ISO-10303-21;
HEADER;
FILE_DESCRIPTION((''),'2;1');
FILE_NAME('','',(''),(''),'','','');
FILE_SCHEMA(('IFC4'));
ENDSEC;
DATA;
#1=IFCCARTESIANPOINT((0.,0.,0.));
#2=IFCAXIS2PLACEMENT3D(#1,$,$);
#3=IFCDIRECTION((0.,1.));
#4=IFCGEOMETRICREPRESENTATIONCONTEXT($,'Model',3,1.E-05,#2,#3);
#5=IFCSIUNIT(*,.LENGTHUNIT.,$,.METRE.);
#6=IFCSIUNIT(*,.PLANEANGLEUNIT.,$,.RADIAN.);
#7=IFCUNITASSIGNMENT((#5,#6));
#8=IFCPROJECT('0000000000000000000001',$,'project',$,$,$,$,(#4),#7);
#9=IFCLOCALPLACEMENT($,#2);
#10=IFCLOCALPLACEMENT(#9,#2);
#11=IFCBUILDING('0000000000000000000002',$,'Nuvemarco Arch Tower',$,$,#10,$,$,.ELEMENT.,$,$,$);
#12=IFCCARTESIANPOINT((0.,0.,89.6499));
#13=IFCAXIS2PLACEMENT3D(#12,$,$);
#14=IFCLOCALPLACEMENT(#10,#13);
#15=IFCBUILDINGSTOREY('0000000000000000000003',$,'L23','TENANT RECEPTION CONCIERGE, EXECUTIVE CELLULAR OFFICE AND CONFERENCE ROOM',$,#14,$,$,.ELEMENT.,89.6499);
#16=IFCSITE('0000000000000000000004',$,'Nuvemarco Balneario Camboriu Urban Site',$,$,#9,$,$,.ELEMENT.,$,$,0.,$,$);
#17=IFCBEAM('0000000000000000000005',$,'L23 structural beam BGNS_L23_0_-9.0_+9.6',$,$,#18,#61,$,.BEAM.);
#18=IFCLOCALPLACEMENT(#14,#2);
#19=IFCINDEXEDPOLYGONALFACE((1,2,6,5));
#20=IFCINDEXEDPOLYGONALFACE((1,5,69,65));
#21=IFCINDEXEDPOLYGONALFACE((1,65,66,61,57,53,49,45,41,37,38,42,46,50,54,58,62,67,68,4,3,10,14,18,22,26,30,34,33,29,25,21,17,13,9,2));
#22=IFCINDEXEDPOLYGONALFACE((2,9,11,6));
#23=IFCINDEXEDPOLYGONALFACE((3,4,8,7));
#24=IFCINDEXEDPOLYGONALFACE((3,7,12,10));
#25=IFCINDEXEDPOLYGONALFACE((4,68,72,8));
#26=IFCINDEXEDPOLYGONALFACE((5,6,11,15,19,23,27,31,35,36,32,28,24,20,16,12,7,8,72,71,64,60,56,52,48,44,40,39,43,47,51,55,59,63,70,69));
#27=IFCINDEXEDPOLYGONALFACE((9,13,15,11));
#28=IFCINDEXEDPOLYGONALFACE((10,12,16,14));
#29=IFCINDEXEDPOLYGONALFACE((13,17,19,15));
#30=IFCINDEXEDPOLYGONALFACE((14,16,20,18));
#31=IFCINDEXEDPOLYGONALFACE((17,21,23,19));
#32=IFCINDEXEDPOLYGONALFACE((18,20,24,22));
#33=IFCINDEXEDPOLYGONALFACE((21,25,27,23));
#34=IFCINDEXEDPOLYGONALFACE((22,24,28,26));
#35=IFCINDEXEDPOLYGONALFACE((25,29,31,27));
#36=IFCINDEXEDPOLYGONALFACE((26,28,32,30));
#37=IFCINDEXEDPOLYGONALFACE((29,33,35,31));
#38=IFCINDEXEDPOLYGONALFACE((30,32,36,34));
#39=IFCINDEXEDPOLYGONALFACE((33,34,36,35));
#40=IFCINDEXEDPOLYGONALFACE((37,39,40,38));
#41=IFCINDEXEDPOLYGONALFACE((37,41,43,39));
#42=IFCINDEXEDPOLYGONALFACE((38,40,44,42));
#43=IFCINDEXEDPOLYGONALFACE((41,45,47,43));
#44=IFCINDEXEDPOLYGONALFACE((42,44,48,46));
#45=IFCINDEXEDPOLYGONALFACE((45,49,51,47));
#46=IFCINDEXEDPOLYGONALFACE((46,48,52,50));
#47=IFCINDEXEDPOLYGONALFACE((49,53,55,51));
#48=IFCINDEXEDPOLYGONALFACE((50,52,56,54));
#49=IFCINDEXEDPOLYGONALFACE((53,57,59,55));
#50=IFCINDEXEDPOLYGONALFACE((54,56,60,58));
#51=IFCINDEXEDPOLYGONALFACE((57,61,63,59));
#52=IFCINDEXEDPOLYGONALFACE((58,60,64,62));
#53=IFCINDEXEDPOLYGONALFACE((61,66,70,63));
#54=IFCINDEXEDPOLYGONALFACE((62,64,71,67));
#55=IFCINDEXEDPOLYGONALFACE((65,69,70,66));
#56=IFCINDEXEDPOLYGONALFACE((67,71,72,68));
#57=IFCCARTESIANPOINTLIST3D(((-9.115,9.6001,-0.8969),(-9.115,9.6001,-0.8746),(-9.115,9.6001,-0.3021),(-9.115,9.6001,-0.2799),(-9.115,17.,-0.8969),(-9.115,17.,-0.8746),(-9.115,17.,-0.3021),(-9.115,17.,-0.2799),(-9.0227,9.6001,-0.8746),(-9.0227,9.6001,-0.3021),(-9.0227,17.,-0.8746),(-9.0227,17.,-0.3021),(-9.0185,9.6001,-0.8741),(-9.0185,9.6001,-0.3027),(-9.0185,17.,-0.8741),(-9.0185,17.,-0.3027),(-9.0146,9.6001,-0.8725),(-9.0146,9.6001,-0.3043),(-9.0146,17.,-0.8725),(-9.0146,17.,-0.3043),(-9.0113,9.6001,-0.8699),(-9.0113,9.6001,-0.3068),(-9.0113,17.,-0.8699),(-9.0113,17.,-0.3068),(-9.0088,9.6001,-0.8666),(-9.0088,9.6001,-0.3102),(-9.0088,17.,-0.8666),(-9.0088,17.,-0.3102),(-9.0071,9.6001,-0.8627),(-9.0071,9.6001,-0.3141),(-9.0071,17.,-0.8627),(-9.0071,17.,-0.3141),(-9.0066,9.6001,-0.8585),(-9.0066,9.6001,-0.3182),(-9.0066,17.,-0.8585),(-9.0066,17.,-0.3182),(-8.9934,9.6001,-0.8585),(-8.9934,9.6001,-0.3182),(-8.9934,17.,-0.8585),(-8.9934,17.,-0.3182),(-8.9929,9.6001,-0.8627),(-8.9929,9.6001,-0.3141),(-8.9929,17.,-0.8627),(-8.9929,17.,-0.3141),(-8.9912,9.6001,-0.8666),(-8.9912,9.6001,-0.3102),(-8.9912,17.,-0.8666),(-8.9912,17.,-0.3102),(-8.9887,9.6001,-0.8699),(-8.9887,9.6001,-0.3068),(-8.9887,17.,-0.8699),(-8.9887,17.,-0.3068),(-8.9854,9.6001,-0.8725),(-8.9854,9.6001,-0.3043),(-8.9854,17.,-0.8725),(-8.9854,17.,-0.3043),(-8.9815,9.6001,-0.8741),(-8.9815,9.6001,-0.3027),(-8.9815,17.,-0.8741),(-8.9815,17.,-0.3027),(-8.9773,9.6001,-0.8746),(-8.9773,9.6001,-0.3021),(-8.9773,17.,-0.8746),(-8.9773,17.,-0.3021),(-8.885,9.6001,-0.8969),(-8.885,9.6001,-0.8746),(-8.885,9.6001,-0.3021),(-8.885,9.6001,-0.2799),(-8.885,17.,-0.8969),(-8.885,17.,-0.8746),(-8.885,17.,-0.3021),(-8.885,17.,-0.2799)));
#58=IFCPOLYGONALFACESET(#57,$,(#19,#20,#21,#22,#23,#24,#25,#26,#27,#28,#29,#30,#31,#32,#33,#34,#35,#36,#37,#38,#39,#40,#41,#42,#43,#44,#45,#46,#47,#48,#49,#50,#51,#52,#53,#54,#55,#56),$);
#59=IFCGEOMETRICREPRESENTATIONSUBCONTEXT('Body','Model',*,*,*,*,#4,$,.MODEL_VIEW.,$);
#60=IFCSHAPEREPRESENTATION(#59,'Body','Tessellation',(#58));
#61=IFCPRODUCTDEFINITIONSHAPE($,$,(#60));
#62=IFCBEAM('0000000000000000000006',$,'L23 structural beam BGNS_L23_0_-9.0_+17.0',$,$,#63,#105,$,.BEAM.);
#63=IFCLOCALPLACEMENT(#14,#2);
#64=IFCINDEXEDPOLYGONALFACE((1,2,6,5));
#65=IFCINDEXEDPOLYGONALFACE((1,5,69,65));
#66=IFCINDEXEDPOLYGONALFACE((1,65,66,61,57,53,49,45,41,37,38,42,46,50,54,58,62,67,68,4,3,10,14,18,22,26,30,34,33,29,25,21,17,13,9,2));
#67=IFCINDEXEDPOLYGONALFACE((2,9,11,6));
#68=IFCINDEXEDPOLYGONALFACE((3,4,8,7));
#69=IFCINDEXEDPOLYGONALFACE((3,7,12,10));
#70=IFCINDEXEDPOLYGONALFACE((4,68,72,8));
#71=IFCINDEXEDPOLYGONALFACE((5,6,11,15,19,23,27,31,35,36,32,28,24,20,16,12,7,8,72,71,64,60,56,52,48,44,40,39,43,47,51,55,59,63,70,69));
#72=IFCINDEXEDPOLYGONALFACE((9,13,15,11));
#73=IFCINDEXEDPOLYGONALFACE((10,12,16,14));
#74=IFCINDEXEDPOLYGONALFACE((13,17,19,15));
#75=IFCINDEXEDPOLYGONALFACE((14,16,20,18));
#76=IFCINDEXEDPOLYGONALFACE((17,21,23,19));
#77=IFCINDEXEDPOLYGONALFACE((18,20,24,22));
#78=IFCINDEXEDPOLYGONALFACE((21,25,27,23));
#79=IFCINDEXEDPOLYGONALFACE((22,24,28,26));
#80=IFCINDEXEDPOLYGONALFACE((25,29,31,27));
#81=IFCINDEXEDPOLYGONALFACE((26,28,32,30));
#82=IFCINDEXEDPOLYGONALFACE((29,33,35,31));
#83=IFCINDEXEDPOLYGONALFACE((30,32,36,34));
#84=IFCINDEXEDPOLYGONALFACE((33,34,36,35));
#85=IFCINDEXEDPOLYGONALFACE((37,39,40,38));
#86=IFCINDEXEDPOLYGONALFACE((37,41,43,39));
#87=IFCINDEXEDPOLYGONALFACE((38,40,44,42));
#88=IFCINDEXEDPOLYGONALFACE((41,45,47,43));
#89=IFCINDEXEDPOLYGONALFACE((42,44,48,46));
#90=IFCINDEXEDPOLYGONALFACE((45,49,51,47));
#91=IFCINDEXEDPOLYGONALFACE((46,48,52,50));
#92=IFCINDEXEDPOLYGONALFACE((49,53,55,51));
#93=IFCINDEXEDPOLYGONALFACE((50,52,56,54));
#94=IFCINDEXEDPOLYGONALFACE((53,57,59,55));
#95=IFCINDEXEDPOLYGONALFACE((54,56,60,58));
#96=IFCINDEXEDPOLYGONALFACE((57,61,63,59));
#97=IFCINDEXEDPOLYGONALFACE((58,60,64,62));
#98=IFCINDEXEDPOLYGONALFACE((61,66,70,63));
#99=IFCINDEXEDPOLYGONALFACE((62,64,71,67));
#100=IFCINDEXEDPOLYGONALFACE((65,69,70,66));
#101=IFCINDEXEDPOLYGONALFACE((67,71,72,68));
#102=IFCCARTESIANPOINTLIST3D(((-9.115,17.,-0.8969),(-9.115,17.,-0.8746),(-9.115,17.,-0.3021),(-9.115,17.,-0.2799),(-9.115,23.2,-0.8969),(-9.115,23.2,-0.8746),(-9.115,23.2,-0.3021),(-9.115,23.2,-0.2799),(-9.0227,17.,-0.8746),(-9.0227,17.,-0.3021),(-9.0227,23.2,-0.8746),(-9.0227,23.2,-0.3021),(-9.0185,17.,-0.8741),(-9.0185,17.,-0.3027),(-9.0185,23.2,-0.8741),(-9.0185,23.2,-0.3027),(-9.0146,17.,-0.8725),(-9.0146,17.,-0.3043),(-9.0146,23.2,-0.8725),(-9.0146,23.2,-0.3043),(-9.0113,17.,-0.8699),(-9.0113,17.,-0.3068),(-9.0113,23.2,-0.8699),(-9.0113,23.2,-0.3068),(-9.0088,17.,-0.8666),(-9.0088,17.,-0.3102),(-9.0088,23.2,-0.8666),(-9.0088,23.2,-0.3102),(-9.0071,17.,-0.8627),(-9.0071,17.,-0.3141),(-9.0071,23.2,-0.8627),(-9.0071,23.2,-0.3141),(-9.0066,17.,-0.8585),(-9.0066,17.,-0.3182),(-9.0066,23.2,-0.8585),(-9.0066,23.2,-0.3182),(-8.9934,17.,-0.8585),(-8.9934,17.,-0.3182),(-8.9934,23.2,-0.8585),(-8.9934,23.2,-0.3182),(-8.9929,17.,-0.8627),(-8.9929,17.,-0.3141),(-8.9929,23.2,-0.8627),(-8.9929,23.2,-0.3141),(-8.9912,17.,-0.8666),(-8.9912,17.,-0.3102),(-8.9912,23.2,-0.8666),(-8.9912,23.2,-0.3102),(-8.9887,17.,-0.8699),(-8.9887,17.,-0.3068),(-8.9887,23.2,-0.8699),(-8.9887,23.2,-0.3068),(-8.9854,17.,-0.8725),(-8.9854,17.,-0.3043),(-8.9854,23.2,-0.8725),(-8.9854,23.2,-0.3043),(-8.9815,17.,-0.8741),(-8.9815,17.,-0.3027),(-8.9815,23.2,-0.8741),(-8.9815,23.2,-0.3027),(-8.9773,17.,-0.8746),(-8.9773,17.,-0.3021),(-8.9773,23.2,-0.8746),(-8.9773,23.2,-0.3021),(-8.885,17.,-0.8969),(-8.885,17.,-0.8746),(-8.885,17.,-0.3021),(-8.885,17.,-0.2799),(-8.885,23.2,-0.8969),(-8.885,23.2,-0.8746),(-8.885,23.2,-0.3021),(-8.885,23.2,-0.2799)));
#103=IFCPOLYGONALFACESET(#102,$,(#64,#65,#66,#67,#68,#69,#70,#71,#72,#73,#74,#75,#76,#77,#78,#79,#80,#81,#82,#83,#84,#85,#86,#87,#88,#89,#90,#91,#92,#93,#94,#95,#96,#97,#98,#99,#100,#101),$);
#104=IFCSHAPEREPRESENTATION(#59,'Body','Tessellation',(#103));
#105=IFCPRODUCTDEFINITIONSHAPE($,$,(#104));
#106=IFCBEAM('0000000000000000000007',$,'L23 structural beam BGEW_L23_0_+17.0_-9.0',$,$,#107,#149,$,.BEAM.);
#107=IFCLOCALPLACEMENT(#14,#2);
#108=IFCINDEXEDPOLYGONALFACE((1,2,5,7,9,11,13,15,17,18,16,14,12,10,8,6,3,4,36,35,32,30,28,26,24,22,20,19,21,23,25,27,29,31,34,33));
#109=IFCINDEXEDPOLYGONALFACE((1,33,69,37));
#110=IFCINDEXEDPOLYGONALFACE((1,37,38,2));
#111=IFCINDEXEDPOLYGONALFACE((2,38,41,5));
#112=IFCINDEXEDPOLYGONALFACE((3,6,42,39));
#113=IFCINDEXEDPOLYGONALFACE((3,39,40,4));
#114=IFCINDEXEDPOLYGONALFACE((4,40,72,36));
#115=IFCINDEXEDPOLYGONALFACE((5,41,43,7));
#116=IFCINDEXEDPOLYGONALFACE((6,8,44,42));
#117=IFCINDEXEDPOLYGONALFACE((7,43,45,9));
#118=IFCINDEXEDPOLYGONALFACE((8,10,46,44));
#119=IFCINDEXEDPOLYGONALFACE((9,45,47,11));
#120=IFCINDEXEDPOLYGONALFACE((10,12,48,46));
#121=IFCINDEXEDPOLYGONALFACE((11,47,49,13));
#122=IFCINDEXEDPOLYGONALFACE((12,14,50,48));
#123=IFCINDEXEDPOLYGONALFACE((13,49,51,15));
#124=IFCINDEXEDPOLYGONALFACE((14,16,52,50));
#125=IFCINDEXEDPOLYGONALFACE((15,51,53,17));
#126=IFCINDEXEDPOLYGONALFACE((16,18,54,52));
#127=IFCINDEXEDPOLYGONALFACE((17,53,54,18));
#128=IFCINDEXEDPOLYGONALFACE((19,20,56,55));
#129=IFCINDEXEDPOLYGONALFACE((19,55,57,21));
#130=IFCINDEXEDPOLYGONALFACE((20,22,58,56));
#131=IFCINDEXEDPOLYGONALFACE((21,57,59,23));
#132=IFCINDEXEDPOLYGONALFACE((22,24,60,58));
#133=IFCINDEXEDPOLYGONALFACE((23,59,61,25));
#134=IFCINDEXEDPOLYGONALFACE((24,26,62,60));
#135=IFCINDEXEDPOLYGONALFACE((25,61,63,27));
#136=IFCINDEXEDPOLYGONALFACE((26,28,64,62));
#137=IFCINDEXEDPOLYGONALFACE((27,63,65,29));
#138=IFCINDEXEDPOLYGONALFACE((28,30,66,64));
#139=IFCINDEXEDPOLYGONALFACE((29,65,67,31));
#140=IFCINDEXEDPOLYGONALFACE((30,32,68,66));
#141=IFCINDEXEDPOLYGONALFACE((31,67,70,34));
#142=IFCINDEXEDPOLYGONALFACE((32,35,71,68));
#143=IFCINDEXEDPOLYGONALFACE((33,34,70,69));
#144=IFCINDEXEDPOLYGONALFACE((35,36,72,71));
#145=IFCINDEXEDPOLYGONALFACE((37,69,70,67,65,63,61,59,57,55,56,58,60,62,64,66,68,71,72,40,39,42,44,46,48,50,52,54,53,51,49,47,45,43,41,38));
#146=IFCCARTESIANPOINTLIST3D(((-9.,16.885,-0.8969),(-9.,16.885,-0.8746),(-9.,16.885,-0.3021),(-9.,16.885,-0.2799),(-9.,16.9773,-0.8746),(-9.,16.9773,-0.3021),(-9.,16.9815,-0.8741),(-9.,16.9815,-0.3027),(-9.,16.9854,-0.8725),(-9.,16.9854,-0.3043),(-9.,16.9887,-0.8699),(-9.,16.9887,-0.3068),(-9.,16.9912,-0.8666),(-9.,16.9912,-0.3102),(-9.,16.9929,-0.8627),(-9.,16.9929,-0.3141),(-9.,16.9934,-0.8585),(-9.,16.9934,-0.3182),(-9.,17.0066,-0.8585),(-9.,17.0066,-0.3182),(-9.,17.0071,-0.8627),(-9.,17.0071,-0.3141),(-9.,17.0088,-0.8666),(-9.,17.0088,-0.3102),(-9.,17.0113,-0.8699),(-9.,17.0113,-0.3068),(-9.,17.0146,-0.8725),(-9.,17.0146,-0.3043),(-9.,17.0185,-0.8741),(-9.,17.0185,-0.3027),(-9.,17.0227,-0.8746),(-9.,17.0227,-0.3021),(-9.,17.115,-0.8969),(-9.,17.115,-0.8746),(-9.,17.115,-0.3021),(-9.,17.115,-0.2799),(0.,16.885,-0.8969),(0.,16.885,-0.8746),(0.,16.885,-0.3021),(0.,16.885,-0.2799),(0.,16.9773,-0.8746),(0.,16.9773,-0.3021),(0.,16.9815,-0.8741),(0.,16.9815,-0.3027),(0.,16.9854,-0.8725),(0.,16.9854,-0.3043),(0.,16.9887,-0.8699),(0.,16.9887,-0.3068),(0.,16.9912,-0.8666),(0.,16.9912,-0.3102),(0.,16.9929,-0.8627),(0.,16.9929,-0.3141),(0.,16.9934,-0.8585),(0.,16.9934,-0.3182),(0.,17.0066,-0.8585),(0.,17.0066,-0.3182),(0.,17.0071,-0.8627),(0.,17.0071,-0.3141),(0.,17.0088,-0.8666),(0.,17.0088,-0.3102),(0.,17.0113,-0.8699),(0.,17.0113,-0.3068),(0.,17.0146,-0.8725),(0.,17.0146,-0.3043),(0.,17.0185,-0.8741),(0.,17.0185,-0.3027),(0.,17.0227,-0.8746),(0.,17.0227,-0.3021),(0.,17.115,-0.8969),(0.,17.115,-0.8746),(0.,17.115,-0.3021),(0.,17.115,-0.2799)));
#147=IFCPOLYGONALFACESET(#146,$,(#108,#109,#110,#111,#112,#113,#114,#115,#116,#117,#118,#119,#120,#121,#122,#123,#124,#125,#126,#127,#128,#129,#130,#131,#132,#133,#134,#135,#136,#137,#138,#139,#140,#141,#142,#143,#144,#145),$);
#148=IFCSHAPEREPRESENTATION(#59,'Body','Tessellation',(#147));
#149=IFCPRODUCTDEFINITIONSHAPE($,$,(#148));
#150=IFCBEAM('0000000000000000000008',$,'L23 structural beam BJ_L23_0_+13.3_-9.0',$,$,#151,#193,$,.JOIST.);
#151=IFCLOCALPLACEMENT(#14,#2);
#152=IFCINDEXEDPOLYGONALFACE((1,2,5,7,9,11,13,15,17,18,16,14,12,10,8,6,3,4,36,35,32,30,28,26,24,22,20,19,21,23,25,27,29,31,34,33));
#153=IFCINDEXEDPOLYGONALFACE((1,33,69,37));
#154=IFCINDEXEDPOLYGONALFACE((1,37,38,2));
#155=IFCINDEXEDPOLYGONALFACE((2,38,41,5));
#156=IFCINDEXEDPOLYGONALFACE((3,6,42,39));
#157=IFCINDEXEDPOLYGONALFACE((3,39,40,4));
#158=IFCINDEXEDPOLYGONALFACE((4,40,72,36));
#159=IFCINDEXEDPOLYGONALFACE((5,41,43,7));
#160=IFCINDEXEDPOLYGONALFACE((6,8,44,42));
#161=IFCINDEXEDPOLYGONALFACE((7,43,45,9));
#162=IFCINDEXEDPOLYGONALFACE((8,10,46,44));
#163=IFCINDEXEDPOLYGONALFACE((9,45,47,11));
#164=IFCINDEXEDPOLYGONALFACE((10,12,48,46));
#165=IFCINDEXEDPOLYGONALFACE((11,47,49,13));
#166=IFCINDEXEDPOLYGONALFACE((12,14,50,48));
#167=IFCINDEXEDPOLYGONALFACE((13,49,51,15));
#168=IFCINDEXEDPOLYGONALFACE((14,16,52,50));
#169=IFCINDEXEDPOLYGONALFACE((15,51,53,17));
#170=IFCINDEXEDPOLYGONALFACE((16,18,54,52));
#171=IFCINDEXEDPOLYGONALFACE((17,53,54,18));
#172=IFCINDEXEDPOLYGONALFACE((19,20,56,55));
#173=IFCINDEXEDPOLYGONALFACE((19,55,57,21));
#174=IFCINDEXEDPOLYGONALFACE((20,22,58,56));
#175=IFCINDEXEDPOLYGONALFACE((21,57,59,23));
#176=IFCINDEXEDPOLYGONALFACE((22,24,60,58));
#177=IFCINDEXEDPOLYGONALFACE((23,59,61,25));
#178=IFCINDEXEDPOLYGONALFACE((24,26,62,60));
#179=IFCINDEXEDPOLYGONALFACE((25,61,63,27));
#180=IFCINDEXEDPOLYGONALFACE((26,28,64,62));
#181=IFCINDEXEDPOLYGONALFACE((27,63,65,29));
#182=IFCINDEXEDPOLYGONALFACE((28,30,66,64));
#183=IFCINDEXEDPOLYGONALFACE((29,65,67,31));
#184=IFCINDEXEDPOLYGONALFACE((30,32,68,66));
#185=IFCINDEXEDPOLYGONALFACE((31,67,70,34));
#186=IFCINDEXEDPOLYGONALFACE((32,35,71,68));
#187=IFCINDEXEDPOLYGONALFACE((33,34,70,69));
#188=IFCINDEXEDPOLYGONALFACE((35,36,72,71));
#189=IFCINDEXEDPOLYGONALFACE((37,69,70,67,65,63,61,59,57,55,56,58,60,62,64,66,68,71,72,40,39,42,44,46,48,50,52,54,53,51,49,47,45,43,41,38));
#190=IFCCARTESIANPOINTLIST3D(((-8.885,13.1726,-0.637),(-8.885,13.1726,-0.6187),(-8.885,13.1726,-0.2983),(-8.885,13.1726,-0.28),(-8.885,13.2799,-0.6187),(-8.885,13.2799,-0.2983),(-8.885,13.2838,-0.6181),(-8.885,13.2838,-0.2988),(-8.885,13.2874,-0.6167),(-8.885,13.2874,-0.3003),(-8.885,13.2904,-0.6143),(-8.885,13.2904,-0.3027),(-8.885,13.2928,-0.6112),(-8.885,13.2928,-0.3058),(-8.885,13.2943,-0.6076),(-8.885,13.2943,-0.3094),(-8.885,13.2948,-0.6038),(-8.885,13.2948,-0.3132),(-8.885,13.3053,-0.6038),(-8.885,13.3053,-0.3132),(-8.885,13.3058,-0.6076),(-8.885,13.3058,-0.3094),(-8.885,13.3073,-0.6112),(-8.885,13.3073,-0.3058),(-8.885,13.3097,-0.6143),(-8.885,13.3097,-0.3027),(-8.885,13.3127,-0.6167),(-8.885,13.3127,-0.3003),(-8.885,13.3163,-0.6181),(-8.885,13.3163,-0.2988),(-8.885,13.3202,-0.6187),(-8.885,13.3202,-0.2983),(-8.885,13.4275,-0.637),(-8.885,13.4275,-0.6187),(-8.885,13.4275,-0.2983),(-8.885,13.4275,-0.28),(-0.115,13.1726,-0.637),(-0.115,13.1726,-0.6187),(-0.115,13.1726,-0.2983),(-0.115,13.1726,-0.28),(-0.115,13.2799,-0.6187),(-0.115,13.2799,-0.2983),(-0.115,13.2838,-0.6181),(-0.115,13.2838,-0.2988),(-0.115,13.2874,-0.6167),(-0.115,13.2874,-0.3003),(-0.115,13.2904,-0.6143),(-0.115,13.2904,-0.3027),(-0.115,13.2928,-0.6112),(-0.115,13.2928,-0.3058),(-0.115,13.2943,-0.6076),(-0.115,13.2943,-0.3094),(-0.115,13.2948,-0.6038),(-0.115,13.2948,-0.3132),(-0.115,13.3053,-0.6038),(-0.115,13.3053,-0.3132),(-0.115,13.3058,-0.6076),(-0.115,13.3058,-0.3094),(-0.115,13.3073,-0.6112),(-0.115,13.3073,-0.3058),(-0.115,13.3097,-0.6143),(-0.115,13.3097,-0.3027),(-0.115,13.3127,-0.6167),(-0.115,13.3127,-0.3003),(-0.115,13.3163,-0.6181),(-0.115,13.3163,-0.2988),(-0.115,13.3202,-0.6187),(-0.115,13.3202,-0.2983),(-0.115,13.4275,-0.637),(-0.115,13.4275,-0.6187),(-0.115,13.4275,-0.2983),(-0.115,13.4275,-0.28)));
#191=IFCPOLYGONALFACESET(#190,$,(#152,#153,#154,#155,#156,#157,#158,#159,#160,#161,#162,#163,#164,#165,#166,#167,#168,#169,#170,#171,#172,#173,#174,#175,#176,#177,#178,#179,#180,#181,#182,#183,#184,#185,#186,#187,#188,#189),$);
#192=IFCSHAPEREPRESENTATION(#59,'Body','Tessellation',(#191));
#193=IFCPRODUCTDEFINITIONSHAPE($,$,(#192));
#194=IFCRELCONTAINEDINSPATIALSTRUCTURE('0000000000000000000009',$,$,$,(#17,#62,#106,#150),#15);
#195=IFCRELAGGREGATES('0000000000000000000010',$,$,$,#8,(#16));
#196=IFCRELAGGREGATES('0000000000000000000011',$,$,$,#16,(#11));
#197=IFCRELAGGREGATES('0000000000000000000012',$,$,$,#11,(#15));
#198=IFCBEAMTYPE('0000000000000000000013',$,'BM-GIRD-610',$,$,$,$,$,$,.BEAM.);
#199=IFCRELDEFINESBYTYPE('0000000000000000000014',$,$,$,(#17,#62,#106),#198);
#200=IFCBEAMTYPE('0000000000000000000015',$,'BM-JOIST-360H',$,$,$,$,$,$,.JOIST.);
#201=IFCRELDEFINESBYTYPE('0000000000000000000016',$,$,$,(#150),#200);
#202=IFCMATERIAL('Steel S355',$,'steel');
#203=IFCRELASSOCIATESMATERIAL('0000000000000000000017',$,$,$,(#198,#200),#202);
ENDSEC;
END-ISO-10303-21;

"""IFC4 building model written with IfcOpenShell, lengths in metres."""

from ifc_helpers import new_model, si_unit, direction, frame, origin, origin_2d, place, context, subcontext, project, spatial, i_section, extrude, material, material_profile, profile_set, type_object, element, save


model = new_model("IFC4")

# Units and contexts
model_context = context("Model", 3, precision=1e-05, world=origin(), true_north=direction((0.0, 1.0)))
body_context = subcontext(model_context, "Body", "Model", "MODEL_VIEW")
ifc_project = project(units=[si_unit("LENGTHUNIT", "METRE"), si_unit("PLANEANGLEUNIT", "RADIAN")], contexts=[model_context])

# Site, building, storey
site_placement = place(None, origin())
site = spatial("IfcSite", under=ifc_project, at=site_placement, Name="Nuvemarco Balneario Camboriu Urban Site", CompositionType="ELEMENT", RefElevation=0.0)
building_placement = place(site_placement, origin())
building = spatial("IfcBuilding", under=site, at=building_placement, Name="Nuvemarco Arch Tower", CompositionType="ELEMENT")
storey_placement = place(building_placement, frame((0.0, 0.0, 89.6499)))
storey = spatial("IfcBuildingStorey", under=building, at=storey_placement, Name="L23", Description="TENANT RECEPTION CONCIERGE, EXECUTIVE CELLULAR OFFICE AND CONFERENCE ROOM", CompositionType="ELEMENT", Elevation=89.6499)

# Shared definitions
ifc_material_1 = material(Name="Steel S355", Category="steel")

# Beams
ifc_material_profile_1 = material_profile(ifc_material_1, i_section(OverallWidth=0.23, OverallDepth=0.6169, WebThickness=0.0132, FlangeThickness=0.0222, FilletRadius=0.0161, at=origin_2d()), Name="W610x140")
ifc_profile_set_1 = profile_set([ifc_material_profile_1], Name="Steel S355")
beam_type_1 = type_object("IfcBeamType", Name="BM-GIRD-610", PredefinedType="BEAM", material=ifc_profile_set_1)
beam_1_placement = place(storey_placement, frame((-9.0, 9.6001, -0.5884), z_axis=(0.0, 1.0, 0.0), x_axis=(-1.0, 0.0, 0.0)))
element("IfcBeam", 1, at=beam_1_placement, inside=storey, type_object=beam_type_1, Name="L23 structural beam BGNS_L23_0_-9.0_+9.6", PredefinedType="BEAM", context=body_context, shape_type="SweptSolid", body=[
    extrude(i_section(OverallWidth=0.23, OverallDepth=0.6169, WebThickness=0.0132, FlangeThickness=0.0222, FilletRadius=0.0161, at=origin_2d()), origin(), (0.0, 0.0, 1.0), 7.3999),
])
beam_2_placement = place(storey_placement, frame((-9.0, 17.0, -0.5884), z_axis=(0.0, 1.0, 0.0), x_axis=(-1.0, 0.0, 0.0)))
element("IfcBeam", 2, at=beam_2_placement, inside=storey, type_object=beam_type_1, Name="L23 structural beam BGNS_L23_0_-9.0_+17.0", PredefinedType="BEAM", context=body_context, shape_type="SweptSolid", body=[
    extrude(i_section(OverallWidth=0.23, OverallDepth=0.6169, WebThickness=0.0132, FlangeThickness=0.0222, FilletRadius=0.0161, at=origin_2d()), origin(), (0.0, 0.0, 1.0), 6.2),
])
beam_3_placement = place(storey_placement, frame((-9.0, 17.0, -0.5884), z_axis=(1.0, 0.0, 0.0), x_axis=(0.0, 1.0, 0.0)))
element("IfcBeam", 3, at=beam_3_placement, inside=storey, type_object=beam_type_1, Name="L23 structural beam BGEW_L23_0_+17.0_-9.0", PredefinedType="BEAM", context=body_context, shape_type="SweptSolid", body=[
    extrude(i_section(OverallWidth=0.23, OverallDepth=0.6169, WebThickness=0.0132, FlangeThickness=0.0222, FilletRadius=0.0161, at=origin_2d()), origin(), (0.0, 0.0, 1.0), 9.0),
])
ifc_material_profile_2 = material_profile(ifc_material_1, i_section(OverallWidth=0.2549, OverallDepth=0.3569, WebThickness=0.0105, FlangeThickness=0.0183, FilletRadius=0.0149, at=origin_2d()), Name="W360x101")
ifc_profile_set_2 = profile_set([ifc_material_profile_2], Name="Steel S355")
beam_type_2 = type_object("IfcBeamType", Name="BM-JOIST-360H", PredefinedType="JOIST", material=ifc_profile_set_2)
beam_4_placement = place(storey_placement, frame((-8.885, 13.3, -0.4585), z_axis=(1.0, 0.0, 0.0), x_axis=(0.0, 1.0, 0.0)))
element("IfcBeam", 4, at=beam_4_placement, inside=storey, type_object=beam_type_2, Name="L23 structural beam BJ_L23_0_+13.3_-9.0", PredefinedType="JOIST", context=body_context, shape_type="SweptSolid", body=[
    extrude(i_section(OverallWidth=0.2549, OverallDepth=0.3569, WebThickness=0.0105, FlangeThickness=0.0183, FilletRadius=0.0149, at=origin_2d()), origin(), (0.0, 0.0, 1.0), 8.77),
])

save(model, "model.ifc")
